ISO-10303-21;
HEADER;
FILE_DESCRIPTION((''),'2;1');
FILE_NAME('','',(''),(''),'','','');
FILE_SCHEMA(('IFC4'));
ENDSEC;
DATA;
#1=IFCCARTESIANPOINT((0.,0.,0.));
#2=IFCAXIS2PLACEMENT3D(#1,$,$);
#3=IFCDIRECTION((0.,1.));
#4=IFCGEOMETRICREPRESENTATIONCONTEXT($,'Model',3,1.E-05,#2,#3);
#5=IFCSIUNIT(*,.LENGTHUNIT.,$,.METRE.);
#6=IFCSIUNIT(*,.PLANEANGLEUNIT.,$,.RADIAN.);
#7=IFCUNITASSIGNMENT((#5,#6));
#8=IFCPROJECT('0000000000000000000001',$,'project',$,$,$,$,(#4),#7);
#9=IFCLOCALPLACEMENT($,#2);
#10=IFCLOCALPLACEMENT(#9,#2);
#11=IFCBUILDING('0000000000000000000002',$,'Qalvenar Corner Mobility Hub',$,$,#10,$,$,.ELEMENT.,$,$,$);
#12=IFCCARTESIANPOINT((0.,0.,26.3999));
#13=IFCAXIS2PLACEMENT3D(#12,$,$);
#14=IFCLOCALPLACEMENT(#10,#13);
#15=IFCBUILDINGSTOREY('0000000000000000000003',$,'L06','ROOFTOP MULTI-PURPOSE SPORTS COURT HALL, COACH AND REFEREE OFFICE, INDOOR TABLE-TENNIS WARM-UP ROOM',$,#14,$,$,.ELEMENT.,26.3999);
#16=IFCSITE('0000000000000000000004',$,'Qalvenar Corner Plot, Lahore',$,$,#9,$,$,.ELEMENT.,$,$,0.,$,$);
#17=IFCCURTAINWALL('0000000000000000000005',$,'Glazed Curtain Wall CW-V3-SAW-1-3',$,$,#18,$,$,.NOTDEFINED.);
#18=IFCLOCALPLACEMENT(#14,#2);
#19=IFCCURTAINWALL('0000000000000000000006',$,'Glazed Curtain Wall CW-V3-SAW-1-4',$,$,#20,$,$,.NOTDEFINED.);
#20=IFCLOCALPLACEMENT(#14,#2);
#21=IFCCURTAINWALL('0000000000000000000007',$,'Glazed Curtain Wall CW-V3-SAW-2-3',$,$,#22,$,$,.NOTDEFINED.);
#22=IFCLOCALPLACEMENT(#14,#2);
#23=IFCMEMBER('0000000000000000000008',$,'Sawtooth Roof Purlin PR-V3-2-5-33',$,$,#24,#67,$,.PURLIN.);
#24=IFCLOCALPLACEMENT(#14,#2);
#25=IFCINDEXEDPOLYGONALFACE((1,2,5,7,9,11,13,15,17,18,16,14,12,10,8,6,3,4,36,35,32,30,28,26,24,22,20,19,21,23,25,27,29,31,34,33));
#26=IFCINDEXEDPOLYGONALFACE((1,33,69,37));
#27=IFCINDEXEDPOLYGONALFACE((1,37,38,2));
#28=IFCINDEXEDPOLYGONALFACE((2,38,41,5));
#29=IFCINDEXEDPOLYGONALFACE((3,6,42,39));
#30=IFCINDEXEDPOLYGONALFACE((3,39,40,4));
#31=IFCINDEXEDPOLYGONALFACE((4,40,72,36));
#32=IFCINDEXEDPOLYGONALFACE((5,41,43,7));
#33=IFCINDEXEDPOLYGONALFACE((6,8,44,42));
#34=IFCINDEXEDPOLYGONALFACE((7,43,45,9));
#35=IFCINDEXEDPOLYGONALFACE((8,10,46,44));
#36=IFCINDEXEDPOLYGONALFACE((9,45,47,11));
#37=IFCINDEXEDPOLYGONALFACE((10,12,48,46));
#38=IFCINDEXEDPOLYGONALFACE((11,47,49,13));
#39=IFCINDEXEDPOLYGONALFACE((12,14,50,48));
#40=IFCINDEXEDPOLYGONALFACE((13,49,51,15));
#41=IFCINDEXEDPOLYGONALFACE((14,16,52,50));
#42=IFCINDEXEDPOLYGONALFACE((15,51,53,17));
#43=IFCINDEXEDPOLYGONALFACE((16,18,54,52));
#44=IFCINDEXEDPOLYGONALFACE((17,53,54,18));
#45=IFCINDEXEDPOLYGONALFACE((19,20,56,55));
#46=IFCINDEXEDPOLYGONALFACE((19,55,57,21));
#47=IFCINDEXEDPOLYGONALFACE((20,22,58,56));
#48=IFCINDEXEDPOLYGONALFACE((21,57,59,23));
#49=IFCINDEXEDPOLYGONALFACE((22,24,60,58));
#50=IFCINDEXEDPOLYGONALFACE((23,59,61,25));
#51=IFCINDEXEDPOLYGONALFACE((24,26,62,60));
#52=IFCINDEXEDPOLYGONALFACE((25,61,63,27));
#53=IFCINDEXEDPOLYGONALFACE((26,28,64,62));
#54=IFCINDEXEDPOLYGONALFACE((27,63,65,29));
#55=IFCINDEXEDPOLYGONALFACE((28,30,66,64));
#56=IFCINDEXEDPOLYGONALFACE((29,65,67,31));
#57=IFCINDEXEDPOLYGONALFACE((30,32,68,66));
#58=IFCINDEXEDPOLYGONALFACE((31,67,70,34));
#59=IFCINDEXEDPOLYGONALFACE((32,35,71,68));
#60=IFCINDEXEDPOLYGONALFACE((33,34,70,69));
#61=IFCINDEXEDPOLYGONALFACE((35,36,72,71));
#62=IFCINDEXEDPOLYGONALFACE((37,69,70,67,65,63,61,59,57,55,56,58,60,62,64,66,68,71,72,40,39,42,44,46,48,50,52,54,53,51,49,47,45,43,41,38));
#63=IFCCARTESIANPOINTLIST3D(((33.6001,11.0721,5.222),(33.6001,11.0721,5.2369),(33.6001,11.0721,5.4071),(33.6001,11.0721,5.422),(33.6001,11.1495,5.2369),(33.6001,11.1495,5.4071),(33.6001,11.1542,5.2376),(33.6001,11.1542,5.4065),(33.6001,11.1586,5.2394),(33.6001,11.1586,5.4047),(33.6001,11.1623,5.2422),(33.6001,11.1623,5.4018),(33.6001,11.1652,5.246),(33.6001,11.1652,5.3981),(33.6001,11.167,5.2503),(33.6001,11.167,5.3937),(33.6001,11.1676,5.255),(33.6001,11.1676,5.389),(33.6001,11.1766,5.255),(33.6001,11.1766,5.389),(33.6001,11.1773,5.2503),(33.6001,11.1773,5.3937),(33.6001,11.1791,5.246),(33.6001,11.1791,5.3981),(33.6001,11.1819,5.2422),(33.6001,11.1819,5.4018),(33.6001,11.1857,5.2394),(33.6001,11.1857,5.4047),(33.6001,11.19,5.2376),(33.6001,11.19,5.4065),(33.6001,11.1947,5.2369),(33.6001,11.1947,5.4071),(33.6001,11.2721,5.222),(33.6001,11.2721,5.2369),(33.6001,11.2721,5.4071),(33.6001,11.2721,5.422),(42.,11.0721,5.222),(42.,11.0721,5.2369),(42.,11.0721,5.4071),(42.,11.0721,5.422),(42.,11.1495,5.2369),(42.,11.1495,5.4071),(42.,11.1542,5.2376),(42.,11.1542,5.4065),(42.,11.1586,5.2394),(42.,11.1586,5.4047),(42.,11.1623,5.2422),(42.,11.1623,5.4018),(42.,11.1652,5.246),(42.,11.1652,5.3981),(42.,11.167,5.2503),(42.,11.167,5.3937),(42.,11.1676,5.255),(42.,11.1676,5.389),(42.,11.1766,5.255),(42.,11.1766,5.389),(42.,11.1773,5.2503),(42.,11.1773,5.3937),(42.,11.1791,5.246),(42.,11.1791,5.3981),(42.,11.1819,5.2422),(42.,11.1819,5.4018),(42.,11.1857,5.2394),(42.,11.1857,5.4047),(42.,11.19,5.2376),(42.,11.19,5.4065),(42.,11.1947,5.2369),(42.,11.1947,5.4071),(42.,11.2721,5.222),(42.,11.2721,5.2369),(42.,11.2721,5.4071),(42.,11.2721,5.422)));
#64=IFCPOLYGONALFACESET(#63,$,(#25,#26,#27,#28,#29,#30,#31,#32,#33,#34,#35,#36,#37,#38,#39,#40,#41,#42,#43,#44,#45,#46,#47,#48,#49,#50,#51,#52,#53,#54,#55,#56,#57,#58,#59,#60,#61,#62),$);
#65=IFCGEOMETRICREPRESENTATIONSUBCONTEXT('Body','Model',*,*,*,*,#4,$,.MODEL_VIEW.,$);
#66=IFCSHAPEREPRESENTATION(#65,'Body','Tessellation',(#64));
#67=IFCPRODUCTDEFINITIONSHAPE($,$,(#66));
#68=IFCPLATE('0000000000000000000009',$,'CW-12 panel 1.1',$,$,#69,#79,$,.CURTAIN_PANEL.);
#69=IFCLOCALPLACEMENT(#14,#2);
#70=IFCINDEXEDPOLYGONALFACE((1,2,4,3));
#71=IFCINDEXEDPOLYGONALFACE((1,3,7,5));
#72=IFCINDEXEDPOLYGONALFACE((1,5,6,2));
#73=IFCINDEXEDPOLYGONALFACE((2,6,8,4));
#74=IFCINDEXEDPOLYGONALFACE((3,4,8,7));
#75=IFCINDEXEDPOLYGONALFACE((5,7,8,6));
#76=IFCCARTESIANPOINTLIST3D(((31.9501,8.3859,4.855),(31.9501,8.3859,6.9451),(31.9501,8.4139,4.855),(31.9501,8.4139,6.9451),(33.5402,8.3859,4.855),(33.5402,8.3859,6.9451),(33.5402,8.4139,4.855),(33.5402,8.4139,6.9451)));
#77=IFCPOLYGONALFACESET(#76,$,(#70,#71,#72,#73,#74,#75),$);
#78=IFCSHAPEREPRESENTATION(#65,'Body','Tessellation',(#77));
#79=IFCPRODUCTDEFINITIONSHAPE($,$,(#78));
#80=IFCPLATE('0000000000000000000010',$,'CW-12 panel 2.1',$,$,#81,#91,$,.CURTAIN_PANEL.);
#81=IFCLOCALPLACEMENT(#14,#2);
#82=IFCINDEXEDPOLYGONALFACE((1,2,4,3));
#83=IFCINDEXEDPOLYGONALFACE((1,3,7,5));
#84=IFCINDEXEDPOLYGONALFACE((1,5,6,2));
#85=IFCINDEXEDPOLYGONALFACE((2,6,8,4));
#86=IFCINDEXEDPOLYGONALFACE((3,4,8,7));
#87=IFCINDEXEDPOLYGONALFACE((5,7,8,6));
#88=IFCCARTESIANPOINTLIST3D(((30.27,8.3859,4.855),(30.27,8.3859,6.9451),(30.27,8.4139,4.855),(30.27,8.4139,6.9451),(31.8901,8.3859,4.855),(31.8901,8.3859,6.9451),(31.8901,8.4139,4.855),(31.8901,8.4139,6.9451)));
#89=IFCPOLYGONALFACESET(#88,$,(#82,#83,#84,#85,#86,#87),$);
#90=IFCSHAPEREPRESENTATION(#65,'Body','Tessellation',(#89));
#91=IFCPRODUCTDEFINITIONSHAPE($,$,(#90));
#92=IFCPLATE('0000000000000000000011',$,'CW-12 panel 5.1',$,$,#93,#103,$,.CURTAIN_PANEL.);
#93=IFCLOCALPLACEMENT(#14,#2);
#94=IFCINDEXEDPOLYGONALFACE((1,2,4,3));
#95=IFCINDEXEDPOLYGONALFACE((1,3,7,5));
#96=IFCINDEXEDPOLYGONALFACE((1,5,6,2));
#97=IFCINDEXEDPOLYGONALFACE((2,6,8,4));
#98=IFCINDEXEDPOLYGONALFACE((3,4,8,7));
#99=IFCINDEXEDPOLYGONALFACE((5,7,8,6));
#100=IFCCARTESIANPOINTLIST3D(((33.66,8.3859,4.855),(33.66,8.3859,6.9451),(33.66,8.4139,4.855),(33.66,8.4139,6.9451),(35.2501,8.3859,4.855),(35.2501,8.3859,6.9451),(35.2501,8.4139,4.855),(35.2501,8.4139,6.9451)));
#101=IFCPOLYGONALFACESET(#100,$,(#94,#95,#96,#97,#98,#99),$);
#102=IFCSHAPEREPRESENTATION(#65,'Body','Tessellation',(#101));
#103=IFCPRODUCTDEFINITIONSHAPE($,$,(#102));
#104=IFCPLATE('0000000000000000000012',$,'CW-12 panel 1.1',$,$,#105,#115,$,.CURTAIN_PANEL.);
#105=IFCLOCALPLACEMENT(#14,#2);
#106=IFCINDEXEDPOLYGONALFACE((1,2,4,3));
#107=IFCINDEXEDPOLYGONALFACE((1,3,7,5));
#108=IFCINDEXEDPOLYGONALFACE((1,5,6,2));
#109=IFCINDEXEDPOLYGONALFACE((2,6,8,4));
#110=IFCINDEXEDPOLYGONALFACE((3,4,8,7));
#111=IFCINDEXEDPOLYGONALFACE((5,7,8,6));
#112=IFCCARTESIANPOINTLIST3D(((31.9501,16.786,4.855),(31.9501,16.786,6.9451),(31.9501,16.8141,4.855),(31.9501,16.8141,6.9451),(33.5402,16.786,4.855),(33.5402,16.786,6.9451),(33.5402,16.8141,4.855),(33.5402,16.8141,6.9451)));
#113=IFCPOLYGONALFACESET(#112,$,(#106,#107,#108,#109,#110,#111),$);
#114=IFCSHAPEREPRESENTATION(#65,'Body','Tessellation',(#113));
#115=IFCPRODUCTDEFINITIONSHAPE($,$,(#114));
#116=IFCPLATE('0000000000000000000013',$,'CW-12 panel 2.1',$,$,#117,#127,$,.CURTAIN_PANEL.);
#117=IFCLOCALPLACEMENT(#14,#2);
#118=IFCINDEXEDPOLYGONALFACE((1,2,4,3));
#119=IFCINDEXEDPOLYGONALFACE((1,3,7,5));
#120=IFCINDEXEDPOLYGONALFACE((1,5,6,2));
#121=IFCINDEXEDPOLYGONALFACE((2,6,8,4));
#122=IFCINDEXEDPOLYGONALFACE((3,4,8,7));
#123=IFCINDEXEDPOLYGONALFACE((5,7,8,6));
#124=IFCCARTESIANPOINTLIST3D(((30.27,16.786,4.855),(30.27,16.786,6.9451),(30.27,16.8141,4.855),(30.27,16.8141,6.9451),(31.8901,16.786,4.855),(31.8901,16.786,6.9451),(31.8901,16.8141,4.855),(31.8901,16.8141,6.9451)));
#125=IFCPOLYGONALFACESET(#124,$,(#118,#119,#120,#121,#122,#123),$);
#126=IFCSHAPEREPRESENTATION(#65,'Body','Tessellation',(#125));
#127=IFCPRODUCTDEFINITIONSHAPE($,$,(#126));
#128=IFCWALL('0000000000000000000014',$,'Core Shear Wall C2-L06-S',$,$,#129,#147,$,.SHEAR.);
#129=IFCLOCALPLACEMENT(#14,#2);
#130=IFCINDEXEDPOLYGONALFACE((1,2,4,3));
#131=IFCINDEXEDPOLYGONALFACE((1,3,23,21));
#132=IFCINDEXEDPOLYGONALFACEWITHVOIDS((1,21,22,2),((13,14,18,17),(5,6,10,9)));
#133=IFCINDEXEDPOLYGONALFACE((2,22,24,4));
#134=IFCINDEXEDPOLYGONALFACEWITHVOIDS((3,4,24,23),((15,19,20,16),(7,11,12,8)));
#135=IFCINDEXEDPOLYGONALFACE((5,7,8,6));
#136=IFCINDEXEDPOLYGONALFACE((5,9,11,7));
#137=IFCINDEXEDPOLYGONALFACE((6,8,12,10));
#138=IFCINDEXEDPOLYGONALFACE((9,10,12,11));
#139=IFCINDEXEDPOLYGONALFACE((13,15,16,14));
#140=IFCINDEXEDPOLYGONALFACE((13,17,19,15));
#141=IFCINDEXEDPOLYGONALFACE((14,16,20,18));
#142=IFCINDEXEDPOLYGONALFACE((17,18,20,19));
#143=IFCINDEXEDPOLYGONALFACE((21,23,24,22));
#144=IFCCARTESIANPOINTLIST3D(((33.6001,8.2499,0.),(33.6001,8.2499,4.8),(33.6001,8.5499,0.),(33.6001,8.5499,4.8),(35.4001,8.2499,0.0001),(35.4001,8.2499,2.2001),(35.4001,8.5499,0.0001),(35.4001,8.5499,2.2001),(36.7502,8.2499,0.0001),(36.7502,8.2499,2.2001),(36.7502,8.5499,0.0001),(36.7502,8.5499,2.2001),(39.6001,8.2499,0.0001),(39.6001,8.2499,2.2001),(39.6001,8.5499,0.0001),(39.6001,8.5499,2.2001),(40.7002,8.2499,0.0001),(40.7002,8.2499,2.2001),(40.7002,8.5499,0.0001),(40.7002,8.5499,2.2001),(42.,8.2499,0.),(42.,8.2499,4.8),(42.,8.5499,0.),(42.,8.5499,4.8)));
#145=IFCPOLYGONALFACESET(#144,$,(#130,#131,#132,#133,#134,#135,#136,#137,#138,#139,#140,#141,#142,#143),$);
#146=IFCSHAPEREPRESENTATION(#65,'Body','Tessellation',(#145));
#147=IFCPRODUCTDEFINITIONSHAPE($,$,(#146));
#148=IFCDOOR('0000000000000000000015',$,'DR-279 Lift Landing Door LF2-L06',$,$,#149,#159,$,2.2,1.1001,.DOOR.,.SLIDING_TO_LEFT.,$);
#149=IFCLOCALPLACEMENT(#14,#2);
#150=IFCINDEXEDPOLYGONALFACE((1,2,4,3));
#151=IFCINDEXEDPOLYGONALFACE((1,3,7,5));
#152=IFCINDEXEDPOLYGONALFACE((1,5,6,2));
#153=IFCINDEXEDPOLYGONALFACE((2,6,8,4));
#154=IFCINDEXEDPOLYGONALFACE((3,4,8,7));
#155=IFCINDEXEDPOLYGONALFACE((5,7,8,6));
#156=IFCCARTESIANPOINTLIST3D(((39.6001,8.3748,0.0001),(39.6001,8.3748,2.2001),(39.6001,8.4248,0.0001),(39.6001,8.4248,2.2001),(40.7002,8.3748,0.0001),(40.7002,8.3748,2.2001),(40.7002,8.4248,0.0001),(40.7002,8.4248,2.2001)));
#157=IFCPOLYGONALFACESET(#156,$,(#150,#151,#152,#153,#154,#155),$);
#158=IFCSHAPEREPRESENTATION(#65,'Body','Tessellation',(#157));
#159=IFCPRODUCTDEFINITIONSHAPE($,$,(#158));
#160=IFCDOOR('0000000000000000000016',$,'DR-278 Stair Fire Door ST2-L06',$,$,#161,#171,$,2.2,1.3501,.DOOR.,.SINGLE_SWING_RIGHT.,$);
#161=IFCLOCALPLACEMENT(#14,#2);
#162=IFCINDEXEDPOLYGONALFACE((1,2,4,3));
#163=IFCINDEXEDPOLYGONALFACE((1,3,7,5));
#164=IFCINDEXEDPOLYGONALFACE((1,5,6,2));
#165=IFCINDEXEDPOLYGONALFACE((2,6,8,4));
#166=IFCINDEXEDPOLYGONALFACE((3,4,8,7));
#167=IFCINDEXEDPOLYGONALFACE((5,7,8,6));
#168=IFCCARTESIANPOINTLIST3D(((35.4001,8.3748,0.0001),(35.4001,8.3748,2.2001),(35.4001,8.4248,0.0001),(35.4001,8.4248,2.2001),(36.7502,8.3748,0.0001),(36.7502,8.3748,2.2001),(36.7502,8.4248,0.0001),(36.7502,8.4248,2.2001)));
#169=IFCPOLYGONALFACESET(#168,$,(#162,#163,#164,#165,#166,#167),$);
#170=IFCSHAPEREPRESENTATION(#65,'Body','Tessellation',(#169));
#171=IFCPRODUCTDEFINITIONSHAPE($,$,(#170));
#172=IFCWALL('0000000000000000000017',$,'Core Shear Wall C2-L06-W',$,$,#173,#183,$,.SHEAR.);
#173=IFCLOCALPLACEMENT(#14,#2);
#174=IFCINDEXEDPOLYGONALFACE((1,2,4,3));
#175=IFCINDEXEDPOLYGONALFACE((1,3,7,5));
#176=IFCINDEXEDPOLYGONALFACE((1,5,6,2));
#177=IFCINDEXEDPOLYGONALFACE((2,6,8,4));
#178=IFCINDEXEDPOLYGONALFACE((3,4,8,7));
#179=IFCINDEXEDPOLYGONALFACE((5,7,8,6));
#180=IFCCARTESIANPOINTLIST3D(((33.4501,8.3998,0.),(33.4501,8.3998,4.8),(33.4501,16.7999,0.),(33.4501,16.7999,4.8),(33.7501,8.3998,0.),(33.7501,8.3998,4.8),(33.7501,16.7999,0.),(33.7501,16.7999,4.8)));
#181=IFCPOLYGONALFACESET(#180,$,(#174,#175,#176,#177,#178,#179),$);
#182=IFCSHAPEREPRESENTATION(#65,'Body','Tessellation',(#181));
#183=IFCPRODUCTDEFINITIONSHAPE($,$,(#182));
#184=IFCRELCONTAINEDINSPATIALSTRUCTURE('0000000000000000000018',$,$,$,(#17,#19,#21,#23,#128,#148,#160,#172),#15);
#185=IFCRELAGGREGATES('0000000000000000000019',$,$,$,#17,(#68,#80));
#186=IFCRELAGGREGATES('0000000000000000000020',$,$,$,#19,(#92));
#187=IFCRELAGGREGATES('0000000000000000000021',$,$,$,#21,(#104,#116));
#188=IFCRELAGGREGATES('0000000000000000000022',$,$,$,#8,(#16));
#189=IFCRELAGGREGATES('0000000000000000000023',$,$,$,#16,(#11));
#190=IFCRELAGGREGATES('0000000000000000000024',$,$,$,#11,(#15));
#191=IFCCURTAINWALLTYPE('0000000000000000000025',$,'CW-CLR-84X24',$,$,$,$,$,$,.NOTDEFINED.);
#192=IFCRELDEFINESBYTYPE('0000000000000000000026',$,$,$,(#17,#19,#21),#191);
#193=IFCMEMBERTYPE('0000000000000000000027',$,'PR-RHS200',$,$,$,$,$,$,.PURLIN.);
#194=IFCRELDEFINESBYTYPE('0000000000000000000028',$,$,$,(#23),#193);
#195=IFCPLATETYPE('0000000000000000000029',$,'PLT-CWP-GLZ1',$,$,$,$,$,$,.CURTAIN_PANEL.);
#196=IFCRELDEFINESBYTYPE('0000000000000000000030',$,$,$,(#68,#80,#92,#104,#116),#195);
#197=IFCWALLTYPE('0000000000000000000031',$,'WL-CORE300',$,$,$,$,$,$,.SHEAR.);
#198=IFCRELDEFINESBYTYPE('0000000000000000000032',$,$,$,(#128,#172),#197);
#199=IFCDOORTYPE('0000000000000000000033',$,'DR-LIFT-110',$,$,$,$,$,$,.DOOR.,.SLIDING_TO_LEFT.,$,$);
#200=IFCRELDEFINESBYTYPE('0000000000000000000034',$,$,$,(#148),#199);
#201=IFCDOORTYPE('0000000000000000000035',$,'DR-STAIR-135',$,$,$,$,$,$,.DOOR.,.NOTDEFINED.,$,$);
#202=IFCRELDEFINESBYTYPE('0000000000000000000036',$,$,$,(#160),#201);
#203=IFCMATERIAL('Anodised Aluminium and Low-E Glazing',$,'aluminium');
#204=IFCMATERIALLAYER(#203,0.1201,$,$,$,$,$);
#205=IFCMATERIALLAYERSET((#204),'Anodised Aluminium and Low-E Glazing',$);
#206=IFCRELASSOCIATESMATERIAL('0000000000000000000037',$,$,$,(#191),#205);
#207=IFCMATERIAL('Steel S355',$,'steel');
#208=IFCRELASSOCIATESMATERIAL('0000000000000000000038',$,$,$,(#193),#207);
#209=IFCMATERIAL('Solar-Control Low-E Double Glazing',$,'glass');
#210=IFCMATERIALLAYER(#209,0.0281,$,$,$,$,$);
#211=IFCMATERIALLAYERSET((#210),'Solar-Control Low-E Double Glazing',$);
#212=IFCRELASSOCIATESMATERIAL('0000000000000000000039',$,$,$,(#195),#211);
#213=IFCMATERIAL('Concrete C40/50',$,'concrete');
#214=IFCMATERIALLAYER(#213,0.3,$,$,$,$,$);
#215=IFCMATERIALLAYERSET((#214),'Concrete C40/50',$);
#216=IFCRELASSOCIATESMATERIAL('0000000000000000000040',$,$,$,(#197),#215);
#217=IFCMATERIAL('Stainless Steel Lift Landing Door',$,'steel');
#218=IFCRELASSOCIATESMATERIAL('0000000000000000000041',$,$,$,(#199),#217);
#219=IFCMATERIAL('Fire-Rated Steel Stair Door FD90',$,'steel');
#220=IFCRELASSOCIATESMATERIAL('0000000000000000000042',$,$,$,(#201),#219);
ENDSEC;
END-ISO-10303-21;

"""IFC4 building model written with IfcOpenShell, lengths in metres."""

from ifc_helpers import new_model, si_unit, direction, frame, frame_2d, origin, origin_2d, place, context, subcontext, project, spatial, rectangle, i_section, extrude, material, layer, layer_set, material_profile, profile_set, type_object, element, fill, aggregate, save


model = new_model("IFC4")

# Units and contexts
model_context = context("Model", 3, precision=1e-05, world=origin(), true_north=direction((0.0, 1.0)))
body_context = subcontext(model_context, "Body", "Model", "MODEL_VIEW")
ifc_project = project(units=[si_unit("LENGTHUNIT", "METRE"), si_unit("PLANEANGLEUNIT", "RADIAN")], contexts=[model_context])

# Site, building, storey
site_placement = place(None, origin())
site = spatial("IfcSite", under=ifc_project, at=site_placement, Name="Qalvenar Corner Plot, Lahore", CompositionType="ELEMENT", RefElevation=0.0)
building_placement = place(site_placement, origin())
building = spatial("IfcBuilding", under=site, at=building_placement, Name="Qalvenar Corner Mobility Hub", CompositionType="ELEMENT")
storey_placement = place(building_placement, frame((0.0, 0.0, 26.3999)))
storey = spatial("IfcBuildingStorey", under=building, at=storey_placement, Name="L06", Description="ROOFTOP MULTI-PURPOSE SPORTS COURT HALL, COACH AND REFEREE OFFICE, INDOOR TABLE-TENNIS WARM-UP ROOM", CompositionType="ELEMENT", Elevation=26.3999)

# Shared definitions
ifc_material_1 = material(Name="Steel S355", Category="steel")

# Curtain wall
ifc_material_2 = material(Name="Anodised Aluminium and Low-E Glazing", Category="aluminium")
ifc_layer_1 = layer(ifc_material_2, 0.1201)
ifc_layer_set_1 = layer_set([ifc_layer_1], Name="Anodised Aluminium and Low-E Glazing")
curtain_wall_type = type_object("IfcCurtainWallType", Name="CW-CLR-84X24", PredefinedType="NOTDEFINED", material=ifc_layer_set_1)
curtain_wall_1_placement = place(storey_placement, origin())
curtain_wall_1 = element("IfcCurtainWall", 1, at=curtain_wall_1_placement, inside=storey, type_object=curtain_wall_type, Name="Glazed Curtain Wall CW-V3-SAW-1-3", PredefinedType="NOTDEFINED")

# Curtain wall
curtain_wall_2_placement = place(storey_placement, origin())
curtain_wall_2 = element("IfcCurtainWall", 2, at=curtain_wall_2_placement, inside=storey, type_object=curtain_wall_type, Name="Glazed Curtain Wall CW-V3-SAW-1-4", PredefinedType="NOTDEFINED")

# Curtain wall
curtain_wall_3_placement = place(storey_placement, origin())
curtain_wall_3 = element("IfcCurtainWall", 3, at=curtain_wall_3_placement, inside=storey, type_object=curtain_wall_type, Name="Glazed Curtain Wall CW-V3-SAW-2-3", PredefinedType="NOTDEFINED")

# Member
ifc_material_profile_1 = material_profile(ifc_material_1, i_section(OverallWidth=0.2, OverallDepth=0.2, WebThickness=0.009, FlangeThickness=0.0149, FilletRadius=0.0181, at=origin_2d()), Name="HEB200")
ifc_profile_set_1 = profile_set([ifc_material_profile_1], Name="Steel S355")
member_type_1 = type_object("IfcMemberType", Name="PR-RHS200", PredefinedType="PURLIN", material=ifc_profile_set_1)
member_1_placement = place(storey_placement, frame((33.6001, 11.1721, 5.322), z_axis=(1.0, 0.0, 0.0), x_axis=(0.0, 1.0, 0.0)))
element("IfcMember", 4, at=member_1_placement, inside=storey, type_object=member_type_1, Name="Sawtooth Roof Purlin PR-V3-2-5-33", PredefinedType="PURLIN", context=body_context, shape_type="SweptSolid", body=[
    extrude(i_section(OverallWidth=0.2, OverallDepth=0.2, WebThickness=0.009, FlangeThickness=0.0149, FilletRadius=0.0181, at=origin_2d()), origin(), (0.0, 0.0, 1.0), 8.3999),
])

# Plates
ifc_material_3 = material(Name="Solar-Control Low-E Double Glazing", Category="glass")
ifc_layer_2 = layer(ifc_material_3, 0.0281)
ifc_layer_set_2 = layer_set([ifc_layer_2], Name="Solar-Control Low-E Double Glazing")
plate_type = type_object("IfcPlateType", Name="PLT-CWP-GLZ1", PredefinedType="CURTAIN_PANEL", material=ifc_layer_set_2)
plate_1_placement = place(storey_placement, frame((32.7451, 8.3999, 4.855), z_axis=(0.0, 0.0, 1.0), x_axis=(-1.0, 0.0, 0.0)))
plate_1 = element("IfcPlate", 5, at=plate_1_placement, type_object=plate_type, Name="CW-12 panel 1.1", PredefinedType="CURTAIN_PANEL", context=body_context, shape_type="SweptSolid", body=[
    extrude(rectangle(XDim=1.5901, YDim=0.0281, at=origin_2d()), origin(), (0.0, 0.0, 1.0), 2.0901),
])
plate_2_placement = place(storey_placement, frame((31.0801, 8.3999, 4.855), z_axis=(0.0, 0.0, 1.0), x_axis=(-1.0, 0.0, 0.0)))
plate_2 = element("IfcPlate", 6, at=plate_2_placement, type_object=plate_type, Name="CW-12 panel 2.1", PredefinedType="CURTAIN_PANEL", context=body_context, shape_type="SweptSolid", body=[
    extrude(rectangle(XDim=1.6201, YDim=0.0281, at=origin_2d()), origin(), (0.0, 0.0, 1.0), 2.0901),
])
aggregate(curtain_wall_1, [plate_1, plate_2])
plate_3_placement = place(storey_placement, frame((34.4551, 8.3999, 4.855), z_axis=(0.0, 0.0, 1.0), x_axis=(-1.0, 0.0, 0.0)))
plate_3 = element("IfcPlate", 7, at=plate_3_placement, type_object=plate_type, Name="CW-12 panel 5.1", PredefinedType="CURTAIN_PANEL", context=body_context, shape_type="SweptSolid", body=[
    extrude(rectangle(XDim=1.5901, YDim=0.0281, at=origin_2d()), origin(), (0.0, 0.0, 1.0), 2.0901),
])
aggregate(curtain_wall_2, [plate_3])
plate_4_placement = place(storey_placement, frame((32.7451, 16.8, 4.855), z_axis=(0.0, 0.0, 1.0), x_axis=(-1.0, 0.0, 0.0)))
plate_4 = element("IfcPlate", 8, at=plate_4_placement, type_object=plate_type, Name="CW-12 panel 1.1", PredefinedType="CURTAIN_PANEL", context=body_context, shape_type="SweptSolid", body=[
    extrude(rectangle(XDim=1.5901, YDim=0.0281, at=origin_2d()), origin(), (0.0, 0.0, 1.0), 2.0901),
])
plate_5_placement = place(storey_placement, frame((31.0801, 16.8, 4.855), z_axis=(0.0, 0.0, 1.0), x_axis=(-1.0, 0.0, 0.0)))
plate_5 = element("IfcPlate", 9, at=plate_5_placement, type_object=plate_type, Name="CW-12 panel 2.1", PredefinedType="CURTAIN_PANEL", context=body_context, shape_type="SweptSolid", body=[
    extrude(rectangle(XDim=1.6201, YDim=0.0281, at=origin_2d()), origin(), (0.0, 0.0, 1.0), 2.0901),
])
aggregate(curtain_wall_3, [plate_4, plate_5])

# Wall, openings, doors
ifc_material_4 = material(Name="Concrete C40/50", Category="concrete")
ifc_layer_3 = layer(ifc_material_4, 0.3)
ifc_layer_set_3 = layer_set([ifc_layer_3], Name="Concrete C40/50")
wall_type = type_object("IfcWallType", Name="WL-CORE300", PredefinedType="SHEAR", material=ifc_layer_set_3)
wall_1_placement = place(storey_placement, frame((33.6001, 8.3999, 0.0), z_axis=(0.0, 0.0, 1.0), x_axis=(1.0, 0.0, 0.0)))
wall_1 = element("IfcWall", 10, at=wall_1_placement, inside=storey, type_object=wall_type, Name="Core Shear Wall C2-L06-S", PredefinedType="SHEAR", context=body_context, shape_type="SweptSolid", body=[
    extrude(rectangle(XDim=8.3999, YDim=0.3, at=frame_2d((4.2, 0.0))), origin(), (0.0, 0.0, 1.0), 4.8),
])
opening_1_placement = place(wall_1_placement, frame((1.8, 0.0, 0.0)))
opening_1 = element("IfcOpeningElement", 11, at=opening_1_placement, cuts=wall_1, PredefinedType="OPENING", context=body_context, shape_type="SweptSolid", body=[
    extrude(rectangle(XDim=1.3501, YDim=2.2, at=frame_2d((0.675, 1.1001))), frame((0.0, 0.1602, 0.0), z_axis=(0.0, -1.0, 0.0), x_axis=(1.0, 0.0, 0.0)), (0.0, 0.0, 1.0), 0.3201),
])
opening_2_placement = place(wall_1_placement, frame((6.0, 0.0, 0.0)))
opening_2 = element("IfcOpeningElement", 12, at=opening_2_placement, cuts=wall_1, PredefinedType="OPENING", context=body_context, shape_type="SweptSolid", body=[
    extrude(rectangle(XDim=1.1001, YDim=2.2, at=frame_2d((0.55, 1.1001))), frame((0.0, 0.1602, 0.0), z_axis=(0.0, -1.0, 0.0), x_axis=(1.0, 0.0, 0.0)), (0.0, 0.0, 1.0), 0.3201),
])
ifc_material_5 = material(Name="Stainless Steel Lift Landing Door", Category="steel")
door_type_1 = type_object("IfcDoorType", Name="DR-LIFT-110", OperationType="SLIDING_TO_LEFT", PredefinedType="DOOR", material=ifc_material_5)
door_1_placement = place(opening_2_placement, origin())
door_1 = element("IfcDoor", 13, at=door_1_placement, inside=storey, type_object=door_type_1, Name="DR-279 Lift Landing Door LF2-L06", OperationType="SLIDING_TO_LEFT", OverallHeight=2.2, OverallWidth=1.1001, PredefinedType="DOOR", context=body_context, shape_type="SweptSolid", body=[
    extrude(rectangle(XDim=1.1001, YDim=2.2, at=frame_2d((0.55, 1.1001))), frame((0.0, 0.0249, 0.0), z_axis=(0.0, -1.0, 0.0), x_axis=(1.0, 0.0, 0.0)), (0.0, 0.0, 1.0), 0.05),
])
fill(opening_2, door_1)
ifc_material_6 = material(Name="Fire-Rated Steel Stair Door FD90", Category="steel")
door_type_2 = type_object("IfcDoorType", Name="DR-STAIR-135", OperationType="NOTDEFINED", PredefinedType="DOOR", material=ifc_material_6)
door_2_placement = place(opening_1_placement, origin())
door_2 = element("IfcDoor", 14, at=door_2_placement, inside=storey, type_object=door_type_2, Name="DR-278 Stair Fire Door ST2-L06", OperationType="SINGLE_SWING_RIGHT", OverallHeight=2.2, OverallWidth=1.3501, PredefinedType="DOOR", context=body_context, shape_type="SweptSolid", body=[
    extrude(rectangle(XDim=1.3501, YDim=2.2, at=frame_2d((0.675, 1.1001))), frame((0.0, 0.0249, 0.0), z_axis=(0.0, -1.0, 0.0), x_axis=(1.0, 0.0, 0.0)), (0.0, 0.0, 1.0), 0.05),
])
fill(opening_1, door_2)

# Wall
wall_2_placement = place(storey_placement, frame((33.6001, 16.8, 0.0), z_axis=(0.0, 0.0, 1.0), x_axis=(0.0, -1.0, 0.0)))
element("IfcWall", 15, at=wall_2_placement, inside=storey, type_object=wall_type, Name="Core Shear Wall C2-L06-W", PredefinedType="SHEAR", context=body_context, shape_type="SweptSolid", body=[
    extrude(rectangle(XDim=8.4001, YDim=0.3, at=frame_2d((4.2002, 0.0))), origin(), (0.0, 0.0, 1.0), 4.8),
])

save(model, "model.ifc")
